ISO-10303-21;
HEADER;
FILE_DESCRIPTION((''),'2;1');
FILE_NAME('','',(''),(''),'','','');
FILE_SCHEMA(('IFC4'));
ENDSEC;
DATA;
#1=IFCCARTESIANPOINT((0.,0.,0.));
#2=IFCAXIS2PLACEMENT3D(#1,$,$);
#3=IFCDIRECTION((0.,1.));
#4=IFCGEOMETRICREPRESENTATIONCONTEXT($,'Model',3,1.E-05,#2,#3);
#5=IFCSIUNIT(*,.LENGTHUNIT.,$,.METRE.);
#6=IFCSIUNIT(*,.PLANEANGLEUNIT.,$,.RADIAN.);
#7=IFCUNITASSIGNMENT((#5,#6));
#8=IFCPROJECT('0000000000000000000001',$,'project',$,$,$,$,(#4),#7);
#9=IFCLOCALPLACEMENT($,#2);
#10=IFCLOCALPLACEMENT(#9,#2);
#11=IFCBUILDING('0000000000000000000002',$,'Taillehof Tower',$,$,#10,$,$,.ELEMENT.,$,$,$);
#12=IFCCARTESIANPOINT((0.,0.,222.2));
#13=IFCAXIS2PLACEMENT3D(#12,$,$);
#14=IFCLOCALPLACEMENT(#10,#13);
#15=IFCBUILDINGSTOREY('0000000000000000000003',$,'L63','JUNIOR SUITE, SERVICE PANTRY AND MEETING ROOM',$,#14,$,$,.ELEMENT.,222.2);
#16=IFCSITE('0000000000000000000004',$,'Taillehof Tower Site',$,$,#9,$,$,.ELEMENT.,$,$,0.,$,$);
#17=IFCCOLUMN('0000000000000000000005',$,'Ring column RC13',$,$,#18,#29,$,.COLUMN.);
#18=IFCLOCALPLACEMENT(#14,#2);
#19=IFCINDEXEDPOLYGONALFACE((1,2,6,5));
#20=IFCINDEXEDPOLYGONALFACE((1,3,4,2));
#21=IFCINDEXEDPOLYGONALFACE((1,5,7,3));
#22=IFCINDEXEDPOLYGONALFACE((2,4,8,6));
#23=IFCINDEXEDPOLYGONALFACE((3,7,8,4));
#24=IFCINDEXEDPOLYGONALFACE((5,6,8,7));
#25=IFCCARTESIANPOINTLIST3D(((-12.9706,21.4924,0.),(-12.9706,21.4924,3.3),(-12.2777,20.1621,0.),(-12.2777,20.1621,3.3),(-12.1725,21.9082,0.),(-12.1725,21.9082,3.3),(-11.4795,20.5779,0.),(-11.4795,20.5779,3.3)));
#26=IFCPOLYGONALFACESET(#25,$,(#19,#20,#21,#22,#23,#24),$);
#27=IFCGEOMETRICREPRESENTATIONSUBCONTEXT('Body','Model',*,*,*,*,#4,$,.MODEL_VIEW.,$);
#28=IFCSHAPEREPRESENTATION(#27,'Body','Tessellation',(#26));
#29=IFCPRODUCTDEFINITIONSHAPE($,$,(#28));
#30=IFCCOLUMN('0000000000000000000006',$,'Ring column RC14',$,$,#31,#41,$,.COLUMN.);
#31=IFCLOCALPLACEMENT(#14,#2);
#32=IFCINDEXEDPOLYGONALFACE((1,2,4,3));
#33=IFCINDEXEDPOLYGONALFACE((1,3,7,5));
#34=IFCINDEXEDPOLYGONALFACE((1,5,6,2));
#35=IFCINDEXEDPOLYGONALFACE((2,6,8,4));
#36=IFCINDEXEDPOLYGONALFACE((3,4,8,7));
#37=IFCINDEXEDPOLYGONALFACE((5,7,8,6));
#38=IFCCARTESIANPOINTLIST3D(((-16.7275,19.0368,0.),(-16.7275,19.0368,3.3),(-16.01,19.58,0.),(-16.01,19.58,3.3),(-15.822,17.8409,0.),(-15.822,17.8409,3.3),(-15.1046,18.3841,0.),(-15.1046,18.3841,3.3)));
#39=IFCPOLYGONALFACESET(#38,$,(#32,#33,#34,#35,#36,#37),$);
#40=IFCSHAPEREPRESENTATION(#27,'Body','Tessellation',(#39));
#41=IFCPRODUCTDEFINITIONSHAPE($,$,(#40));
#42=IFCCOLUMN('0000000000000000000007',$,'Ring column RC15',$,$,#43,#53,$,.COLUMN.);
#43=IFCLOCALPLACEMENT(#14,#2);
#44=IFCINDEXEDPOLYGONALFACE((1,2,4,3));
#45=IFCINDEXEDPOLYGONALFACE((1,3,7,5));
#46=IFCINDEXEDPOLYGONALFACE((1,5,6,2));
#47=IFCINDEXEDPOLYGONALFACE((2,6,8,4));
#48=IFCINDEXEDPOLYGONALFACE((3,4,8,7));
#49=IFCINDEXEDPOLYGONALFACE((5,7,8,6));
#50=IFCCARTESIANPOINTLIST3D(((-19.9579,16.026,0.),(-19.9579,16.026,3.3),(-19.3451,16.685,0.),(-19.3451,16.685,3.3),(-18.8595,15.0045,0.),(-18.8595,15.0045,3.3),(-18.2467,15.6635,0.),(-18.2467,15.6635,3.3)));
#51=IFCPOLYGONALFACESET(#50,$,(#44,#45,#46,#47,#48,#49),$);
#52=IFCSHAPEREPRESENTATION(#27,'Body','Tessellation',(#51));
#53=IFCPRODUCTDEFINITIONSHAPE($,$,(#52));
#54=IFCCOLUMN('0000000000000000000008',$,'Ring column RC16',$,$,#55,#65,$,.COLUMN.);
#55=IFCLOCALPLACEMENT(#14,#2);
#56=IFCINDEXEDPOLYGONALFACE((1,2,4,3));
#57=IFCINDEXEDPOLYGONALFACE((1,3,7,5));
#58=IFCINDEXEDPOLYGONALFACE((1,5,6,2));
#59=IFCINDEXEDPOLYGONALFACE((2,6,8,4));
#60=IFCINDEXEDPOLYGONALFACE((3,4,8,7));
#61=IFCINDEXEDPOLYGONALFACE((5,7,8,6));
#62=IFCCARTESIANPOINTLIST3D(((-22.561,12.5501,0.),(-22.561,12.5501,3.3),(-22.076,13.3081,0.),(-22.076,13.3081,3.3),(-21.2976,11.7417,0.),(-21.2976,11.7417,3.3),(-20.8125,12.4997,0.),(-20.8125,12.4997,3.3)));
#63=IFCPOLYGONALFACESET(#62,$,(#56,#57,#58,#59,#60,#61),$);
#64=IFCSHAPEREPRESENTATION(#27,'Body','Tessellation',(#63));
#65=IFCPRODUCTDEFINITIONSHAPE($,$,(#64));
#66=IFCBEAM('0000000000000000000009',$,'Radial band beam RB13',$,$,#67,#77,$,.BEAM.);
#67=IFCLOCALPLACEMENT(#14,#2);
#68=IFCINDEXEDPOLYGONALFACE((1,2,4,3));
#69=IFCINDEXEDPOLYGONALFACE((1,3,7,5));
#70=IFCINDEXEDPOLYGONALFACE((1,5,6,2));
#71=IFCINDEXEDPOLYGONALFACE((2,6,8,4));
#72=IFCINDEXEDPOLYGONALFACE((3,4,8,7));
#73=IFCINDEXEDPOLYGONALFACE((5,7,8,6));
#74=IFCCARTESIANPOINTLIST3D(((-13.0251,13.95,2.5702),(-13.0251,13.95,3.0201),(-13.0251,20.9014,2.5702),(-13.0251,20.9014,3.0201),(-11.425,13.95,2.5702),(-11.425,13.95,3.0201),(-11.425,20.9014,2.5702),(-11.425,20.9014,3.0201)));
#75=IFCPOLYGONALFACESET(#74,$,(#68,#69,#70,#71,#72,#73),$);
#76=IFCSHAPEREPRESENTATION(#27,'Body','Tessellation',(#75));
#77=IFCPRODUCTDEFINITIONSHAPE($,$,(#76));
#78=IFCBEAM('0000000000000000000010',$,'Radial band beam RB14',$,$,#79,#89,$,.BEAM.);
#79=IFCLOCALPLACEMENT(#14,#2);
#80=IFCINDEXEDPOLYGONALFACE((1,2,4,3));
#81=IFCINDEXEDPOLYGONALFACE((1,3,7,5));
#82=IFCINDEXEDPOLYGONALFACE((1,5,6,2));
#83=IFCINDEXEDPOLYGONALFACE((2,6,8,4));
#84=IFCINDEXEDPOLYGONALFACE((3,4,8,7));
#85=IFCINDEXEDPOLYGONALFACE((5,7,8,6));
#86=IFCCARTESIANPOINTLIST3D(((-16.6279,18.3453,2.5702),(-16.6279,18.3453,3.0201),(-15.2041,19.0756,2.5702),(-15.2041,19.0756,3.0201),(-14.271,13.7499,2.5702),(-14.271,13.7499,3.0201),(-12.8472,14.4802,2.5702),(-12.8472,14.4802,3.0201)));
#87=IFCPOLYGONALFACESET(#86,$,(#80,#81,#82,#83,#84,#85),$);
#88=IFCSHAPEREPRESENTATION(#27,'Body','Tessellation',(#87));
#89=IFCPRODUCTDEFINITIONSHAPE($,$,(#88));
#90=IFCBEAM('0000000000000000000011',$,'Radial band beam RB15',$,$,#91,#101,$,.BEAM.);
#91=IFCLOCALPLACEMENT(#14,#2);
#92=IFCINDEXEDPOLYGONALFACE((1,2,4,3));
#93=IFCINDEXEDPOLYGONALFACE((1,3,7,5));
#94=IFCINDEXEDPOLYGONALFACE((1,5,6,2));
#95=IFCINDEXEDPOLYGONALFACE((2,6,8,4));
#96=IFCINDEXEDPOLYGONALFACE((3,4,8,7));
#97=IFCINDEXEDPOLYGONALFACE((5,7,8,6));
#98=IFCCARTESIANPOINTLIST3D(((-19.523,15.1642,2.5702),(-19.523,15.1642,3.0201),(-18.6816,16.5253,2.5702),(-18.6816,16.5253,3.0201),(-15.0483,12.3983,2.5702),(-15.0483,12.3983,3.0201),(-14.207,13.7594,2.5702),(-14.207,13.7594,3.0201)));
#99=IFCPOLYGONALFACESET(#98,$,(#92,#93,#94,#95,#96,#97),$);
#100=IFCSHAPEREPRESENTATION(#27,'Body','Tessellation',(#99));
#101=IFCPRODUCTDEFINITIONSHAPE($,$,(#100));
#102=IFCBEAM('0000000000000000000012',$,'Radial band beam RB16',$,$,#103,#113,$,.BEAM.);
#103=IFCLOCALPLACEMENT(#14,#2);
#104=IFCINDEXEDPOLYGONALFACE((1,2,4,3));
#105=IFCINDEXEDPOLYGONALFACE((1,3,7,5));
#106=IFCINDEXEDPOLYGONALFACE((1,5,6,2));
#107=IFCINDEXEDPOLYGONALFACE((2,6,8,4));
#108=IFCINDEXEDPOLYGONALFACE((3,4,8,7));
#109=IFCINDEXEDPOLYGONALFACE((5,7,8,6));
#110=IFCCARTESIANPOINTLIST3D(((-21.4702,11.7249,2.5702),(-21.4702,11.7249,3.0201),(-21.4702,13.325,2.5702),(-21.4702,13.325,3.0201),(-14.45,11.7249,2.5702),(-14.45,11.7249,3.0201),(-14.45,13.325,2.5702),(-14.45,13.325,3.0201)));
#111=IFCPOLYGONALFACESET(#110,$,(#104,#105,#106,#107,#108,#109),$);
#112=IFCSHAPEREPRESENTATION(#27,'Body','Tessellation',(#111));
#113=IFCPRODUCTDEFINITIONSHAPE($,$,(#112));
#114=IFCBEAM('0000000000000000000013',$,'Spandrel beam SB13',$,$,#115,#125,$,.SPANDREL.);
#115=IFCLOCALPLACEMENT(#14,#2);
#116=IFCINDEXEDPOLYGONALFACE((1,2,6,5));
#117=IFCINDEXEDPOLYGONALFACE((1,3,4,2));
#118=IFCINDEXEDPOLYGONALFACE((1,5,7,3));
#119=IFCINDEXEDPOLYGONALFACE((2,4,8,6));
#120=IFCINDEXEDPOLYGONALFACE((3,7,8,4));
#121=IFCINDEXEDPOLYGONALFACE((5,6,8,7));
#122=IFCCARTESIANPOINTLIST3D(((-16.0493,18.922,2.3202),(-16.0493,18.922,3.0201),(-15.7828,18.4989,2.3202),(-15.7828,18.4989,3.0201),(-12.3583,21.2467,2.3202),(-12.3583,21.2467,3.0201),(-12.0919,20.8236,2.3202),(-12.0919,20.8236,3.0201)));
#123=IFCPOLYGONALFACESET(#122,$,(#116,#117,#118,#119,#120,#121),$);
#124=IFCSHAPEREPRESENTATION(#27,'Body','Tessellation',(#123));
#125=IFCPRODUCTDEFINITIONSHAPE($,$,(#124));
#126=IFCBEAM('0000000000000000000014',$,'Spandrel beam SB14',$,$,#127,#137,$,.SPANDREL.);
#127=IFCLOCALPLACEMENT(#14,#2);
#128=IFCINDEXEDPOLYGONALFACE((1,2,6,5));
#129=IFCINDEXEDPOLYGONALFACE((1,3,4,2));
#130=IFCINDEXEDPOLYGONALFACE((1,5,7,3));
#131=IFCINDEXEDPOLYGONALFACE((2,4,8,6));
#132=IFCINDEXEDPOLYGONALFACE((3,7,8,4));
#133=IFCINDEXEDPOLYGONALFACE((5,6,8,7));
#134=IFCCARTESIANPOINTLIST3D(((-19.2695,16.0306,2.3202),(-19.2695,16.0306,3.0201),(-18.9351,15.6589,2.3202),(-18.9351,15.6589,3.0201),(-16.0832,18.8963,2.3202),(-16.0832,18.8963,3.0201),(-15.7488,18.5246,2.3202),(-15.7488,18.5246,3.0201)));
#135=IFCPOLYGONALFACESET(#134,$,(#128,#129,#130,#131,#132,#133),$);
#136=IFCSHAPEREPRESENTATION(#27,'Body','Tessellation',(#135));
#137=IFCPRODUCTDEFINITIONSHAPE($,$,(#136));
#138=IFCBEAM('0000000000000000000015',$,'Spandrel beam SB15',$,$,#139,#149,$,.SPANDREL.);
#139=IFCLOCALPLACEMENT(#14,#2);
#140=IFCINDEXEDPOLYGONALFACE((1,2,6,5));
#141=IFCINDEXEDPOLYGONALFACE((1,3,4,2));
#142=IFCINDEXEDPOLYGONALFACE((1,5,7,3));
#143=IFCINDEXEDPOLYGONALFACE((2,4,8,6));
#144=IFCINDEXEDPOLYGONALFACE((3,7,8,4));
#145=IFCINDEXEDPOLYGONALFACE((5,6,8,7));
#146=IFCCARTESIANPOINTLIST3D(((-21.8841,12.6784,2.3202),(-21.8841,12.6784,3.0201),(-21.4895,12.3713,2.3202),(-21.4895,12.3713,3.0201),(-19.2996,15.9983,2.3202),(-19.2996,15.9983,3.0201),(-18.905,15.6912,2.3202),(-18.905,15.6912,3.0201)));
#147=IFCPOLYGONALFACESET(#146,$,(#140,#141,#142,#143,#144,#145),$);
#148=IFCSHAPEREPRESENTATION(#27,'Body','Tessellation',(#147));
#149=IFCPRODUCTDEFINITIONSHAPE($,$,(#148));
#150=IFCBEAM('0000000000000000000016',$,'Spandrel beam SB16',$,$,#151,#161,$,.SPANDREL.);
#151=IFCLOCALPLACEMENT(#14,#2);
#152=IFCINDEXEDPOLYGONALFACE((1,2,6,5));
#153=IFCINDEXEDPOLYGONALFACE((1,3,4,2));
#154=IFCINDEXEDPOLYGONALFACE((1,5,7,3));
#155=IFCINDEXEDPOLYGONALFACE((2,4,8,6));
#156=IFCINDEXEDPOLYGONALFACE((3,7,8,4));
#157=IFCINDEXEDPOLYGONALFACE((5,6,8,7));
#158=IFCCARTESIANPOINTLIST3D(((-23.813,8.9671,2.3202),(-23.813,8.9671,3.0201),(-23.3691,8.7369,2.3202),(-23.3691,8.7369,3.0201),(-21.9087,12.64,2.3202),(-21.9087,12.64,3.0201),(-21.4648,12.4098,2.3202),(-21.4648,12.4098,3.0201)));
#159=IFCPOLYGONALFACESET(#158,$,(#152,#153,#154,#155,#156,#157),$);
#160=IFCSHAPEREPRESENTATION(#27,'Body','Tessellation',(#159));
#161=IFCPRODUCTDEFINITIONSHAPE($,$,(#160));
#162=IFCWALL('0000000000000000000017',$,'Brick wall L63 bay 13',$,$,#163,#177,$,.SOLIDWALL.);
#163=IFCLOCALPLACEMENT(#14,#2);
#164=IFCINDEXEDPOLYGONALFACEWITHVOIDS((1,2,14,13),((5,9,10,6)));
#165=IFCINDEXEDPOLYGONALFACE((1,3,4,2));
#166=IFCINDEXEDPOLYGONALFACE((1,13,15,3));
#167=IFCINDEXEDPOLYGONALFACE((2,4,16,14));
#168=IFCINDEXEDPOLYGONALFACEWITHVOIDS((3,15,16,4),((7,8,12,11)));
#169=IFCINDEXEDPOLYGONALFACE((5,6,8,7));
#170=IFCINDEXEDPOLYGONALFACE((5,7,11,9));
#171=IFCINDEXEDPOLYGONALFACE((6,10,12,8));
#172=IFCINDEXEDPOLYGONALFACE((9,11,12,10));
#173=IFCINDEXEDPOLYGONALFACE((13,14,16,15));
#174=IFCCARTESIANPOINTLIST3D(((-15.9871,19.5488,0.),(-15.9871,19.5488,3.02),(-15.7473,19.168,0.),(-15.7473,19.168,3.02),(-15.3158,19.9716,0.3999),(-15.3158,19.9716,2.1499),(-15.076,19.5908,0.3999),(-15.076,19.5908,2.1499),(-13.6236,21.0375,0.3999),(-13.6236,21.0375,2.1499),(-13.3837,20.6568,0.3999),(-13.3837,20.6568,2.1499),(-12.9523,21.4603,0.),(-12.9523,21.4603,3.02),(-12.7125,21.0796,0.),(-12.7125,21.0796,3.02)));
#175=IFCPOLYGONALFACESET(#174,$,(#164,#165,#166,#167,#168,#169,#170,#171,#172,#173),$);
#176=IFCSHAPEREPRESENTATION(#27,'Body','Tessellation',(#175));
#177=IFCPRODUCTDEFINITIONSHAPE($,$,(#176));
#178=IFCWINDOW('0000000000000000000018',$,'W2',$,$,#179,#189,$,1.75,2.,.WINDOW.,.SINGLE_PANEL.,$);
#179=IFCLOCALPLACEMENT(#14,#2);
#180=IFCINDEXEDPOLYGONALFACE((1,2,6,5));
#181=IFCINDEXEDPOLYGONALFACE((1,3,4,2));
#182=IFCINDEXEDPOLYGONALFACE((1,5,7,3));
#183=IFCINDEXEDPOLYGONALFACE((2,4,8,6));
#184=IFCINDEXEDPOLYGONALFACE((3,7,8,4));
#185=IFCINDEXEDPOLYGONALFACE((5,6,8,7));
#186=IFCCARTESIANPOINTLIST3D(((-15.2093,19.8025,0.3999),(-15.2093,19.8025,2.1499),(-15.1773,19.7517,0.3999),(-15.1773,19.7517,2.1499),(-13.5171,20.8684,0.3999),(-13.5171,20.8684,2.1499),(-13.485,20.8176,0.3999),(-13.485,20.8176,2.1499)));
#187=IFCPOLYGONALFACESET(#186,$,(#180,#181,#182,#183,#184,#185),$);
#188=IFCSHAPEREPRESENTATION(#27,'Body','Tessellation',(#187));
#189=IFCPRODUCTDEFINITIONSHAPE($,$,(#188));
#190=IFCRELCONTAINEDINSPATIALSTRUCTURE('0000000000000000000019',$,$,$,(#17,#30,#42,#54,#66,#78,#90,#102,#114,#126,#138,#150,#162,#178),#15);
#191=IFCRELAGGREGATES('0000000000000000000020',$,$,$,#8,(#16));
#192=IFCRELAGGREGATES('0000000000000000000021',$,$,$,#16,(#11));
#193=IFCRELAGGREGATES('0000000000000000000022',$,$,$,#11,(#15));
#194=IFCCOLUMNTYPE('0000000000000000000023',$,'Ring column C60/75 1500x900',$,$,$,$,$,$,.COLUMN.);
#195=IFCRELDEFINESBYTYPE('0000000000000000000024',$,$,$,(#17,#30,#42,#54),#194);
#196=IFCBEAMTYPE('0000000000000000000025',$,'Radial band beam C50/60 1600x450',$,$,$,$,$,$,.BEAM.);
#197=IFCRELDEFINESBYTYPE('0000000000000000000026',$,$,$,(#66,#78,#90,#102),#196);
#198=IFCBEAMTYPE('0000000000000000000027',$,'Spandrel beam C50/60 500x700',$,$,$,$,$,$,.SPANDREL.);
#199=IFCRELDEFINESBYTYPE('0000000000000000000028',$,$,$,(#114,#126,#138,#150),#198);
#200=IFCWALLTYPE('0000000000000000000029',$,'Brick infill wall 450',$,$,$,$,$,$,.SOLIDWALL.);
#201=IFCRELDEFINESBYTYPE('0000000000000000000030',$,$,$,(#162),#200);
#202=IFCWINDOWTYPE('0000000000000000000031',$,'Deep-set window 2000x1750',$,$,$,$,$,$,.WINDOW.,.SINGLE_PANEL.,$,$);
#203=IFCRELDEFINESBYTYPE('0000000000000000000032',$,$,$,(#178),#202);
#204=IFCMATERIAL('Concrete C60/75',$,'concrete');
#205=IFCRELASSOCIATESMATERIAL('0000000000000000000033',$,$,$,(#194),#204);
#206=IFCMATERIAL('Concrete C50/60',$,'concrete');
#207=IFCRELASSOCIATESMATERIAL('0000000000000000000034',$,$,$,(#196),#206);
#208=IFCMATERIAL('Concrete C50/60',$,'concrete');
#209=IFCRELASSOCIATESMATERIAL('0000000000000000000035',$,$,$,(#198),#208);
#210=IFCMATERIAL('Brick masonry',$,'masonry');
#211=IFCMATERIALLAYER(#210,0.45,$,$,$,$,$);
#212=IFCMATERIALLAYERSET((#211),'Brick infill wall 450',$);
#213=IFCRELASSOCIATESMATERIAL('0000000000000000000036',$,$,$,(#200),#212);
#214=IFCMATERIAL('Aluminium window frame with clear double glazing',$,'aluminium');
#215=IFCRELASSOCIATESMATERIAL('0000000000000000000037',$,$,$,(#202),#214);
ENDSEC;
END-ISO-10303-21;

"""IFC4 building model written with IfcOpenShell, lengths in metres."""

from ifc_helpers import new_model, si_unit, direction, frame, frame_2d, origin, origin_2d, place, context, subcontext, project, spatial, rectangle, extrude, material, layer, layer_set, material_profile, profile_set, type_object, element, fill, save


model = new_model("IFC4")

# Units and contexts
model_context = context("Model", 3, precision=1e-05, world=origin(), true_north=direction((0.0, 1.0)))
body_context = subcontext(model_context, "Body", "Model", "MODEL_VIEW")
ifc_project = project(units=[si_unit("LENGTHUNIT", "METRE"), si_unit("PLANEANGLEUNIT", "RADIAN")], contexts=[model_context])

# Site, building, storey
site_placement = place(None, origin())
site = spatial("IfcSite", under=ifc_project, at=site_placement, Name="Taillehof Tower Site", CompositionType="ELEMENT", RefElevation=0.0)
building_placement = place(site_placement, origin())
building = spatial("IfcBuilding", under=site, at=building_placement, Name="Taillehof Tower", CompositionType="ELEMENT")
storey_placement = place(building_placement, frame((0.0, 0.0, 222.2)))
storey = spatial("IfcBuildingStorey", under=building, at=storey_placement, Name="L63", Description="JUNIOR SUITE, SERVICE PANTRY AND MEETING ROOM", CompositionType="ELEMENT", Elevation=222.2)

# Columns
ifc_material_1 = material(Name="Concrete C60/75", Category="concrete")
ifc_material_profile_1 = material_profile(ifc_material_1, rectangle(XDim=1.5, YDim=0.8999, at=origin_2d()), Name="RC 1500x900")
ifc_profile_set_1 = profile_set([ifc_material_profile_1], Name="Concrete C60/75")
column_type = type_object("IfcColumnType", Name="Ring column C60/75 1500x900", PredefinedType="COLUMN", material=ifc_profile_set_1)
for number, where, z_axis, x_axis, name in (
    (1, (-12.2251, 21.0352, 0.0), (0.0, 0.0, 1.0), (-0.461993, 0.886883, 0.0), "Ring column RC13"),
    (2, (-15.916, 18.7104, 0.0), (0.0, 0.0, 1.0), (-0.603608, 0.797281, 0.0), "Ring column RC14"),
    (3, (-19.1023, 15.8447, 0.0), (0.0, 0.0, 1.0), (-0.732271, 0.681013, 0.0), "Ring column RC15"),
    (4, (-21.6868, 12.5249, 0.0), (0.0, 0.0, 1.0), (-0.842311, 0.538992, 0.0), "Ring column RC16"),
):
    element("IfcColumn", number, at=place(storey_placement, frame(where, z_axis=z_axis, x_axis=x_axis)), inside=storey, type_object=column_type, Name=name, PredefinedType="COLUMN", context=body_context, shape_type="SweptSolid", body=[
        extrude(rectangle(XDim=1.5, YDim=0.8999, at=origin_2d()), origin(), (0.0, 0.0, 1.0), 3.3),
    ])

# Beams
ifc_material_2 = material(Name="Concrete C50/60", Category="concrete")
ifc_material_profile_2 = material_profile(ifc_material_2, rectangle(XDim=1.6001, YDim=0.45, at=origin_2d()), Name="RC 1600x450")
ifc_profile_set_2 = profile_set([ifc_material_profile_2], Name="Concrete C50/60")
beam_type_1 = type_object("IfcBeamType", Name="Radial band beam C50/60 1600x450", PredefinedType="BEAM", material=ifc_profile_set_2)
beam_1_placement = place(storey_placement, frame((-12.2251, 20.9014, 2.7952), z_axis=(0.0, -1.0, 0.0), x_axis=(1.0, 0.0, 0.0)))
element("IfcBeam", 5, at=beam_1_placement, inside=storey, type_object=beam_type_1, Name="Radial band beam RB13", PredefinedType="BEAM", context=body_context, shape_type="SweptSolid", body=[
    extrude(rectangle(XDim=1.6001, YDim=0.45, at=origin_2d()), origin(), (0.0, 0.0, 1.0), 6.9514),
])
beam_2_placement = place(storey_placement, frame((-15.916, 18.7104, 2.7952), z_axis=(0.456361, -0.889795, 0.0), x_axis=(0.889795, 0.456361, 0.0)))
element("IfcBeam", 6, at=beam_2_placement, inside=storey, type_object=beam_type_1, Name="Radial band beam RB14", PredefinedType="BEAM", context=body_context, shape_type="SweptSolid", body=[
    extrude(rectangle(XDim=1.6001, YDim=0.45, at=origin_2d()), origin(), (0.0, 0.0, 1.0), 5.1646),
])
beam_3_placement = place(storey_placement, frame((-19.1023, 15.8447, 2.7952), z_axis=(0.850616, -0.525787, 0.0), x_axis=(0.525787, 0.850616, 0.0)))
element("IfcBeam", 7, at=beam_3_placement, inside=storey, type_object=beam_type_1, Name="Radial band beam RB15", PredefinedType="BEAM", context=body_context, shape_type="SweptSolid", body=[
    extrude(rectangle(XDim=1.6001, YDim=0.45, at=origin_2d()), origin(), (0.0, 0.0, 1.0), 5.2605),
])
beam_4_placement = place(storey_placement, frame((-21.4702, 12.5249, 2.7952), z_axis=(1.0, 0.0, 0.0), x_axis=(0.0, 1.0, 0.0)))
element("IfcBeam", 8, at=beam_4_placement, inside=storey, type_object=beam_type_1, Name="Radial band beam RB16", PredefinedType="BEAM", context=body_context, shape_type="SweptSolid", body=[
    extrude(rectangle(XDim=1.6001, YDim=0.45, at=origin_2d()), origin(), (0.0, 0.0, 1.0), 7.0203),
])
ifc_material_3 = material(Name="Concrete C50/60", Category="concrete")
ifc_material_profile_3 = material_profile(ifc_material_3, rectangle(XDim=0.5, YDim=0.7, at=origin_2d()), Name="RC 500x700")
ifc_profile_set_3 = profile_set([ifc_material_profile_3], Name="Concrete C50/60")
beam_type_2 = type_object("IfcBeamType", Name="Spandrel beam C50/60 500x700", PredefinedType="SPANDREL", material=ifc_profile_set_3)
beam_5_placement = place(storey_placement, frame((-12.2251, 21.0352, 2.6702), z_axis=(-0.846151, -0.532944, 0.0), x_axis=(0.532944, -0.846151, 0.0)))
element("IfcBeam", 9, at=beam_5_placement, inside=storey, type_object=beam_type_2, Name="Spandrel beam SB13", PredefinedType="SPANDREL", context=body_context, shape_type="SweptSolid", body=[
    extrude(rectangle(XDim=0.5, YDim=0.7, at=origin_2d()), origin(), (0.0, 0.0, 1.0), 4.3621),
])
beam_6_placement = place(storey_placement, frame((-15.916, 18.7104, 2.6702), z_axis=(-0.743518, -0.668716, 0.0), x_axis=(0.668716, -0.743518, 0.0)))
element("IfcBeam", 10, at=beam_6_placement, inside=storey, type_object=beam_type_2, Name="Spandrel beam SB14", PredefinedType="SPANDREL", context=body_context, shape_type="SweptSolid", body=[
    extrude(rectangle(XDim=0.5, YDim=0.7, at=origin_2d()), origin(), (0.0, 0.0, 1.0), 4.2854),
])
beam_7_placement = place(storey_placement, frame((-19.1023, 15.8447, 2.6702), z_axis=(-0.614294, -0.789077, 0.0), x_axis=(0.789077, -0.614294, 0.0)))
element("IfcBeam", 11, at=beam_7_placement, inside=storey, type_object=beam_type_2, Name="Spandrel beam SB15", PredefinedType="SPANDREL", context=body_context, shape_type="SweptSolid", body=[
    extrude(rectangle(XDim=0.5, YDim=0.7, at=origin_2d()), origin(), (0.0, 0.0, 1.0), 4.2073),
])
beam_8_placement = place(storey_placement, frame((-21.6868, 12.5249, 2.6702), z_axis=(-0.46029, -0.887769, 0.0), x_axis=(0.887769, -0.46029, 0.0)))
element("IfcBeam", 12, at=beam_8_placement, inside=storey, type_object=beam_type_2, Name="Spandrel beam SB16", PredefinedType="SPANDREL", context=body_context, shape_type="SweptSolid", body=[
    extrude(rectangle(XDim=0.5, YDim=0.7, at=origin_2d()), origin(), (0.0, 0.0, 1.0), 4.1372),
])

# Wall, opening, window
ifc_material_4 = material(Name="Brick masonry", Category="masonry")
ifc_layer_1 = layer(ifc_material_4, 0.45)
ifc_layer_set_1 = layer_set([ifc_layer_1], Name="Brick infill wall 450")
wall_type_1 = type_object("IfcWallType", Name="Brick infill wall 450", PredefinedType="SOLIDWALL", material=ifc_layer_set_1)
wall_1_placement = place(storey_placement, frame((-12.8323, 21.27, 0.0), z_axis=(0.0, 0.0, 1.0), x_axis=(-0.846138, -0.532963, 0.0)))
wall_1 = element("IfcWall", 13, at=wall_1_placement, inside=storey, type_object=wall_type_1, Name="Brick wall L63 bay 13", PredefinedType="SOLIDWALL", context=body_context, shape_type="SweptSolid", body=[
    extrude(rectangle(XDim=3.5867, YDim=0.45, at=frame_2d((1.7935, 0.0))), origin(), (0.0, 0.0, 1.0), 3.02),
])
opening_1_placement = place(wall_1_placement, frame((0.7935, 0.0, 0.3999)))
opening_1 = element("IfcOpeningElement", 14, at=opening_1_placement, cuts=wall_1, PredefinedType="OPENING", context=body_context, shape_type="SweptSolid", body=[
    extrude(rectangle(XDim=2.0, YDim=1.75, at=frame_2d((1.0, 0.875))), frame((0.0, 0.2349, 0.0), z_axis=(0.0, -1.0, 0.0), x_axis=(1.0, 0.0, 0.0)), (0.0, 0.0, 1.0), 0.47),
])
ifc_material_5 = material(Name="Aluminium window frame with clear double glazing", Category="aluminium")
window_type = type_object("IfcWindowType", Name="Deep-set window 2000x1750", PartitioningType="SINGLE_PANEL", PredefinedType="WINDOW", material=ifc_material_5)
window_1_placement = place(opening_1_placement, origin())
window_1 = element("IfcWindow", 15, at=window_1_placement, inside=storey, type_object=window_type, Name="W2", OverallHeight=1.75, OverallWidth=2.0, PartitioningType="SINGLE_PANEL", PredefinedType="WINDOW", context=body_context, shape_type="SweptSolid", body=[
    extrude(rectangle(XDim=2.0, YDim=1.75, at=frame_2d((1.0, 0.875))), frame((0.0, 0.0349, 0.0), z_axis=(0.0, -1.0, 0.0), x_axis=(1.0, 0.0, 0.0)), (0.0, 0.0, 1.0), 0.0601),
])
fill(opening_1, window_1)

save(model, "model.ifc")
